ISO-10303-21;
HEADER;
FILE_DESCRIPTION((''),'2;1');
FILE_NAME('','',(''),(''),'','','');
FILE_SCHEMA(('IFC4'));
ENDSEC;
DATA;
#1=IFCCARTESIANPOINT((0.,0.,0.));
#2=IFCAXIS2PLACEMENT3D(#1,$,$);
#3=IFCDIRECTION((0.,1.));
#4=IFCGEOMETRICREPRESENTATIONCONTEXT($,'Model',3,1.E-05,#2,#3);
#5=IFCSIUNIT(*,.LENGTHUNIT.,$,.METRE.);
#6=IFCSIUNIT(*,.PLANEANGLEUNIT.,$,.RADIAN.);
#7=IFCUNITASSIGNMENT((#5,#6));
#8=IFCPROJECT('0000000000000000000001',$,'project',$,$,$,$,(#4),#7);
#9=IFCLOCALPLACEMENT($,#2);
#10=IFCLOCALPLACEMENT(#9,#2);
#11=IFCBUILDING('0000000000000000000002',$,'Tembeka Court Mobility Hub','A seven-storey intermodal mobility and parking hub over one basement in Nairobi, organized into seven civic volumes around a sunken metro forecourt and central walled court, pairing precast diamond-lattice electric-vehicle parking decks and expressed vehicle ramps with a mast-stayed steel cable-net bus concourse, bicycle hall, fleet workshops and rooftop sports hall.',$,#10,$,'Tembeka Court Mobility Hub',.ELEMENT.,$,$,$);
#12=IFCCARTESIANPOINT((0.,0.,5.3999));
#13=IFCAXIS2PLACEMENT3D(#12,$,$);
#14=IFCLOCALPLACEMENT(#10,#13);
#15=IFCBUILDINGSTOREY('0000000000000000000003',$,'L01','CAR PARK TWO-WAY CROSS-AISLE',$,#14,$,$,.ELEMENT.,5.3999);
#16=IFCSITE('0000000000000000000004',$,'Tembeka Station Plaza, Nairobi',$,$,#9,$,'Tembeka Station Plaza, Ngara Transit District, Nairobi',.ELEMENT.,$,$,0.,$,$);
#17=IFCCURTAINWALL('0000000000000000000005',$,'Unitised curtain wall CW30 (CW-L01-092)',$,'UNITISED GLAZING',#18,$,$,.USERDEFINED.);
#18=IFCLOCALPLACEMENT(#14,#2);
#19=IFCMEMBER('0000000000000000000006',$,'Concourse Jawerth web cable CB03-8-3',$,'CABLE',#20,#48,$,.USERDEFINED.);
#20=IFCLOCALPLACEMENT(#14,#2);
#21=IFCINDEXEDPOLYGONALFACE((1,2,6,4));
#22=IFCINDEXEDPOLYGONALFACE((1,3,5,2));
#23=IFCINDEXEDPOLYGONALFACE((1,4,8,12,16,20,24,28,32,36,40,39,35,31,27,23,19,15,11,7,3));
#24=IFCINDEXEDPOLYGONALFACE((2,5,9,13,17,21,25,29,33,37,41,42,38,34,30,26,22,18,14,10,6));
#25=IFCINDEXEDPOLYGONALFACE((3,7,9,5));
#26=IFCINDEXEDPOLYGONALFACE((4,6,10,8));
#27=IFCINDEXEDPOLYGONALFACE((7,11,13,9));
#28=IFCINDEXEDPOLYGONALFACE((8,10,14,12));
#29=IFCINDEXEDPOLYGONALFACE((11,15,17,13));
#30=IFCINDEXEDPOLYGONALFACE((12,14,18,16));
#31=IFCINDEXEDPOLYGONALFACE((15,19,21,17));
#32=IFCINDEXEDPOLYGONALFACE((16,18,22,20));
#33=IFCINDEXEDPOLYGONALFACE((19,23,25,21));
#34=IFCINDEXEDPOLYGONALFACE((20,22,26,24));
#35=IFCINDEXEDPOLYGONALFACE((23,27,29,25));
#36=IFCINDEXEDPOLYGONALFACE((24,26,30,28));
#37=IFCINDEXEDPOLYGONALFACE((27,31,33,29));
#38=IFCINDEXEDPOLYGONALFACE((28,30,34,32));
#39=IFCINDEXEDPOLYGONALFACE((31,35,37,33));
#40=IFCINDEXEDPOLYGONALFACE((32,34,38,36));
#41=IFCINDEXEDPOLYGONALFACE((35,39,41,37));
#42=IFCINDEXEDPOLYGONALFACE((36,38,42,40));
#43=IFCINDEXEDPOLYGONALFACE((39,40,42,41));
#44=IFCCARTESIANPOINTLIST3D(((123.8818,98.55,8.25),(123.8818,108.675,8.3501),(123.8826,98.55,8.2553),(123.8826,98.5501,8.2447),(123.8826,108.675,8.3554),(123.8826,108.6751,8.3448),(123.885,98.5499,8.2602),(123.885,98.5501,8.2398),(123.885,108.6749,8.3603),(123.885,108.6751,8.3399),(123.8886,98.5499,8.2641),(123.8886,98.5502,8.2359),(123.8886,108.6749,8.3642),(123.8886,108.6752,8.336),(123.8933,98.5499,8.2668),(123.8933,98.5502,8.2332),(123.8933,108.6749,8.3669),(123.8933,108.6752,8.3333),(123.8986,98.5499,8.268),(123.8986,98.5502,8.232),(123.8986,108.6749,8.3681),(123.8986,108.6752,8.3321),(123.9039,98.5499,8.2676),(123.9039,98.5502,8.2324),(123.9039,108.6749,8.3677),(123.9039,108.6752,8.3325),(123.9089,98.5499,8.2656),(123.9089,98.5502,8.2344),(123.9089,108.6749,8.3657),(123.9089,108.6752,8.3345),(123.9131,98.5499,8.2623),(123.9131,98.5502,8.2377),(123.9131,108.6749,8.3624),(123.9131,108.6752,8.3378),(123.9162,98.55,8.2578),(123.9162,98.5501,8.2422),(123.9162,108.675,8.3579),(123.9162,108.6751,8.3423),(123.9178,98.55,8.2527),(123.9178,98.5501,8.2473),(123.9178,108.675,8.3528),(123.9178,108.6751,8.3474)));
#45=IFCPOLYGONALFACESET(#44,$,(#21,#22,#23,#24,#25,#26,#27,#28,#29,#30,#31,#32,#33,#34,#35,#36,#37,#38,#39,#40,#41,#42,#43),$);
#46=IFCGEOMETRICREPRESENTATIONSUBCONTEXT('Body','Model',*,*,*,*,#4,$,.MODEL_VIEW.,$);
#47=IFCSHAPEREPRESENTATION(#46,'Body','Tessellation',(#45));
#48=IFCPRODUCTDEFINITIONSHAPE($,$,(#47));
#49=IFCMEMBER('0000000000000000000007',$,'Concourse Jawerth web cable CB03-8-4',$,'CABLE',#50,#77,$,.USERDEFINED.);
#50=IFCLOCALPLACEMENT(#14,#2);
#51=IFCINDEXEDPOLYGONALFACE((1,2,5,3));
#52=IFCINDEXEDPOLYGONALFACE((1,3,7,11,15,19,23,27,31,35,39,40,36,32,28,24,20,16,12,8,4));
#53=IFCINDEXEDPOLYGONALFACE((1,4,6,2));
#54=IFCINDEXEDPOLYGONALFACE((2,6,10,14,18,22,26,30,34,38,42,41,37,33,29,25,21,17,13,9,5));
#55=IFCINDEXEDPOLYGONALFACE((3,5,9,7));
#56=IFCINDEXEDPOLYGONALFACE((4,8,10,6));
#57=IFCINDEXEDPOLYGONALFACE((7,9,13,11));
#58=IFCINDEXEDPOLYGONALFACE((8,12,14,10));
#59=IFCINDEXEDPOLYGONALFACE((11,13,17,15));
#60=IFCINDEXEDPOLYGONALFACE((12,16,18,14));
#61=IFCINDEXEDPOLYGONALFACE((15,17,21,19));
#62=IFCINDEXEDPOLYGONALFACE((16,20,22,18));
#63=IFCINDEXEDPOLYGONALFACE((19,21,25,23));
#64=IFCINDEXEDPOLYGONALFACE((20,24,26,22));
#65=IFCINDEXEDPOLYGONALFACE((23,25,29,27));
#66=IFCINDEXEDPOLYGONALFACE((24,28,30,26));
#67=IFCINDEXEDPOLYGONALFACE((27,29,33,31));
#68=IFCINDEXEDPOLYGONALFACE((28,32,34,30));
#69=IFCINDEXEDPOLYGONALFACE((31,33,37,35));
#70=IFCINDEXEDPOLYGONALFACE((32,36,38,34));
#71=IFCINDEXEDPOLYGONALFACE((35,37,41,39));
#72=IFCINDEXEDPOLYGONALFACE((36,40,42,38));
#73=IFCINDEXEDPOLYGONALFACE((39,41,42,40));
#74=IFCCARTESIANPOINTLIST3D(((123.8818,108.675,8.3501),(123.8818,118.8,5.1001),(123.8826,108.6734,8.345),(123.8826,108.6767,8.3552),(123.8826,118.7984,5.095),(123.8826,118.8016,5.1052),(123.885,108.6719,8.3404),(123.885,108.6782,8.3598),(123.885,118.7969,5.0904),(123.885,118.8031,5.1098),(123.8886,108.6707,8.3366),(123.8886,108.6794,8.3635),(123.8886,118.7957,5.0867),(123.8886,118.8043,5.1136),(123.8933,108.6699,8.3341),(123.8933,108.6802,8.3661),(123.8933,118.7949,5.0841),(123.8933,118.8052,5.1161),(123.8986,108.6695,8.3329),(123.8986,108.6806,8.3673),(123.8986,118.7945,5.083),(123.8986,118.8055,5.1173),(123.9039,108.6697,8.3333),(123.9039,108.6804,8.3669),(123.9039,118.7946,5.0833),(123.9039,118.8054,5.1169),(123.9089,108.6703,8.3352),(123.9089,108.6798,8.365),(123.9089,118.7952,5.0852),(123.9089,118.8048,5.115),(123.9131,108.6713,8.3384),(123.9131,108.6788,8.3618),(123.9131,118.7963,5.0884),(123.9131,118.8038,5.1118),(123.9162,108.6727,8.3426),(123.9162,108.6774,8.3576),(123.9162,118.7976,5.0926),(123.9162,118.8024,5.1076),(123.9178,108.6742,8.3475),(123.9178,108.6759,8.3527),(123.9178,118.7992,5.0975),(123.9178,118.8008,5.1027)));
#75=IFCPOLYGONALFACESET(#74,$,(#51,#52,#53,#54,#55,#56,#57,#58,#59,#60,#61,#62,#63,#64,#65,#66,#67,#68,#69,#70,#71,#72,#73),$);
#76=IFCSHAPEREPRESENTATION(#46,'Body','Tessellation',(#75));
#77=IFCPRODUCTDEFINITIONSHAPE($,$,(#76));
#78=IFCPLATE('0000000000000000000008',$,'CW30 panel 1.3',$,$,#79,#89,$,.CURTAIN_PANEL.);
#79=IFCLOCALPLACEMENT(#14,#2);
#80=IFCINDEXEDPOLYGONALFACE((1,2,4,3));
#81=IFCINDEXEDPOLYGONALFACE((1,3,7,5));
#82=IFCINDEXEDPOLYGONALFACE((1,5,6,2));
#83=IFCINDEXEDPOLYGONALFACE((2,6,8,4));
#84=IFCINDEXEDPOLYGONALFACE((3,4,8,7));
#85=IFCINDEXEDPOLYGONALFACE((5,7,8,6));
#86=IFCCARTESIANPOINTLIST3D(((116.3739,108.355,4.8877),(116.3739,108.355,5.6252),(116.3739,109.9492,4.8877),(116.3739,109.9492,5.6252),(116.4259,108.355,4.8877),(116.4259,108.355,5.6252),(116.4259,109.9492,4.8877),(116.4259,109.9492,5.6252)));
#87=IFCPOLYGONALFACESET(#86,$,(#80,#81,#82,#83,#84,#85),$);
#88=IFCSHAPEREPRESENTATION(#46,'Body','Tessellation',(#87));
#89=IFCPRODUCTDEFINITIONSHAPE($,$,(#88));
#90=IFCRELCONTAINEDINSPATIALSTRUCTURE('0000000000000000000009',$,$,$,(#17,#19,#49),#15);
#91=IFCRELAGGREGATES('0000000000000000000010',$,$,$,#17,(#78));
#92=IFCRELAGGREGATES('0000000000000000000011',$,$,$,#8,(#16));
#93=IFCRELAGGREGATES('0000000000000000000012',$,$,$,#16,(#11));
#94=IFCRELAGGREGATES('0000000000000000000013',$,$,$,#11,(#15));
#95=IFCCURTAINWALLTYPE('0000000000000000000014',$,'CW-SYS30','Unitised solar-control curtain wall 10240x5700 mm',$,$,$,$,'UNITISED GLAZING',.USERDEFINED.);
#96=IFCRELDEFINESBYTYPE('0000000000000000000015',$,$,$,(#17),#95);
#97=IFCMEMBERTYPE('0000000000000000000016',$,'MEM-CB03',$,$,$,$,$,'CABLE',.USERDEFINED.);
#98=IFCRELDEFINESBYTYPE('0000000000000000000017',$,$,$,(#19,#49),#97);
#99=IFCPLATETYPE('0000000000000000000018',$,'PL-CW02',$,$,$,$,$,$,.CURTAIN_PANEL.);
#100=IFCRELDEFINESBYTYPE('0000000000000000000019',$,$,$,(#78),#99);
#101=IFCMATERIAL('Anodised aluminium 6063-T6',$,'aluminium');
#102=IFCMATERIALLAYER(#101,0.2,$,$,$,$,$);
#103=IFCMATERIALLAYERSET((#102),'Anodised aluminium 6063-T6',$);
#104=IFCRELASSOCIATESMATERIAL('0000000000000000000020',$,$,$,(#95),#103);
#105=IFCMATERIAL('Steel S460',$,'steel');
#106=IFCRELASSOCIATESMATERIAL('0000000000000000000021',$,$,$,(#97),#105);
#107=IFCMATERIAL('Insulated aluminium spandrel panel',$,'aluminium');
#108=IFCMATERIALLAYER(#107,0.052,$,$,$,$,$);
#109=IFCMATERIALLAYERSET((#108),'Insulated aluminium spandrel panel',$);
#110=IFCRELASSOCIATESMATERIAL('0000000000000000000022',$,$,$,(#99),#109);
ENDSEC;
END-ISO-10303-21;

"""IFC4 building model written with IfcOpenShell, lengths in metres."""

from ifc_helpers import new_model, si_unit, direction, frame, origin, origin_2d, place, context, subcontext, project, spatial, rectangle, circle, extrude, material, layer, layer_set, material_profile, profile_set, type_object, element, aggregate, save


model = new_model("IFC4")

# Units and contexts
model_context = context("Model", 3, precision=1e-05, world=origin(), true_north=direction((0.0, 1.0)))
body_context = subcontext(model_context, "Body", "Model", "MODEL_VIEW")
ifc_project = project(units=[si_unit("LENGTHUNIT", "METRE"), si_unit("PLANEANGLEUNIT", "RADIAN")], contexts=[model_context])

# Site, building, storey
site_placement = place(None, origin())
site = spatial("IfcSite", under=ifc_project, at=site_placement, Name="Tembeka Station Plaza, Nairobi", LongName="Tembeka Station Plaza, Ngara Transit District, Nairobi", CompositionType="ELEMENT", RefElevation=0.0)
building_placement = place(site_placement, origin())
building = spatial("IfcBuilding", under=site, at=building_placement, Name="Tembeka Court Mobility Hub", Description="A seven-storey intermodal mobility and parking hub over one basement in Nairobi, organized into seven civic volumes around a sunken metro forecourt and central walled court, pairing precast diamond-lattice electric-vehicle parking decks and expressed vehicle ramps with a mast-stayed steel cable-net bus concourse, bicycle hall, fleet workshops and rooftop sports hall.", LongName="Tembeka Court Mobility Hub", CompositionType="ELEMENT")
storey_placement = place(building_placement, frame((0.0, 0.0, 5.3999)))
storey = spatial("IfcBuildingStorey", under=building, at=storey_placement, Name="L01", Description="CAR PARK TWO-WAY CROSS-AISLE", CompositionType="ELEMENT", Elevation=5.3999)

# Curtain wall
ifc_material_1 = material(Name="Anodised aluminium 6063-T6", Category="aluminium")
ifc_layer_1 = layer(ifc_material_1, 0.2)
ifc_layer_set_1 = layer_set([ifc_layer_1], Name="Anodised aluminium 6063-T6")
curtain_wall_type = type_object("IfcCurtainWallType", Name="CW-SYS30", Description="Unitised solar-control curtain wall 10240x5700 mm", ElementType="UNITISED GLAZING", PredefinedType="USERDEFINED", material=ifc_layer_set_1)
curtain_wall_placement = place(storey_placement, origin())
curtain_wall = element("IfcCurtainWall", 1, at=curtain_wall_placement, inside=storey, type_object=curtain_wall_type, Name="Unitised curtain wall CW30 (CW-L01-092)", ObjectType="UNITISED GLAZING", PredefinedType="USERDEFINED")

# Members
ifc_material_2 = material(Name="Steel S460", Category="steel")
ifc_material_profile_1 = material_profile(ifc_material_2, circle(Radius=0.0181, at=origin_2d()), Name="CABLE D36")
ifc_profile_set_1 = profile_set([ifc_material_profile_1], Name="Steel S460")
member_type_1 = type_object("IfcMemberType", Name="MEM-CB03", ElementType="CABLE", PredefinedType="USERDEFINED", material=ifc_profile_set_1)
member_1_placement = place(storey_placement, frame((123.8999, 98.55, 8.25), z_axis=(0.0, 0.999951, 0.009886), x_axis=(-1.0, 0.0, 0.0)))
element("IfcMember", 2, at=member_1_placement, inside=storey, type_object=member_type_1, Name="Concourse Jawerth web cable CB03-8-3", ObjectType="CABLE", PredefinedType="USERDEFINED", context=body_context, shape_type="SweptSolid", body=[
    extrude(circle(Radius=0.0181, at=origin_2d()), origin(), (0.0, 0.0, 1.0), 10.1255),
])
member_2_placement = place(storey_placement, frame((123.8999, 108.675, 8.3501), z_axis=(0.0, 0.952151, -0.305629), x_axis=(-1.0, 0.0, 0.0)))
element("IfcMember", 3, at=member_2_placement, inside=storey, type_object=member_type_1, Name="Concourse Jawerth web cable CB03-8-4", ObjectType="CABLE", PredefinedType="USERDEFINED", context=body_context, shape_type="SweptSolid", body=[
    extrude(circle(Radius=0.0181, at=origin_2d()), origin(), (0.0, 0.0, 1.0), 10.6338),
])

# Plate
ifc_material_3 = material(Name="Insulated aluminium spandrel panel", Category="aluminium")
ifc_layer_2 = layer(ifc_material_3, 0.052)
ifc_layer_set_2 = layer_set([ifc_layer_2], Name="Insulated aluminium spandrel panel")
plate_type = type_object("IfcPlateType", Name="PL-CW02", PredefinedType="CURTAIN_PANEL", material=ifc_layer_set_2)
plate_placement = place(storey_placement, frame((116.3999, 109.1521, 4.8877), z_axis=(0.0, 0.0, 1.0), x_axis=(0.0, 1.0, 0.0)))
plate = element("IfcPlate", 4, at=plate_placement, type_object=plate_type, Name="CW30 panel 1.3", PredefinedType="CURTAIN_PANEL", context=body_context, shape_type="SweptSolid", body=[
    extrude(rectangle(XDim=1.5942, YDim=0.052, at=origin_2d()), origin(), (0.0, 0.0, 1.0), 0.7375),
])
aggregate(curtain_wall, [plate])

save(model, "model.ifc")
